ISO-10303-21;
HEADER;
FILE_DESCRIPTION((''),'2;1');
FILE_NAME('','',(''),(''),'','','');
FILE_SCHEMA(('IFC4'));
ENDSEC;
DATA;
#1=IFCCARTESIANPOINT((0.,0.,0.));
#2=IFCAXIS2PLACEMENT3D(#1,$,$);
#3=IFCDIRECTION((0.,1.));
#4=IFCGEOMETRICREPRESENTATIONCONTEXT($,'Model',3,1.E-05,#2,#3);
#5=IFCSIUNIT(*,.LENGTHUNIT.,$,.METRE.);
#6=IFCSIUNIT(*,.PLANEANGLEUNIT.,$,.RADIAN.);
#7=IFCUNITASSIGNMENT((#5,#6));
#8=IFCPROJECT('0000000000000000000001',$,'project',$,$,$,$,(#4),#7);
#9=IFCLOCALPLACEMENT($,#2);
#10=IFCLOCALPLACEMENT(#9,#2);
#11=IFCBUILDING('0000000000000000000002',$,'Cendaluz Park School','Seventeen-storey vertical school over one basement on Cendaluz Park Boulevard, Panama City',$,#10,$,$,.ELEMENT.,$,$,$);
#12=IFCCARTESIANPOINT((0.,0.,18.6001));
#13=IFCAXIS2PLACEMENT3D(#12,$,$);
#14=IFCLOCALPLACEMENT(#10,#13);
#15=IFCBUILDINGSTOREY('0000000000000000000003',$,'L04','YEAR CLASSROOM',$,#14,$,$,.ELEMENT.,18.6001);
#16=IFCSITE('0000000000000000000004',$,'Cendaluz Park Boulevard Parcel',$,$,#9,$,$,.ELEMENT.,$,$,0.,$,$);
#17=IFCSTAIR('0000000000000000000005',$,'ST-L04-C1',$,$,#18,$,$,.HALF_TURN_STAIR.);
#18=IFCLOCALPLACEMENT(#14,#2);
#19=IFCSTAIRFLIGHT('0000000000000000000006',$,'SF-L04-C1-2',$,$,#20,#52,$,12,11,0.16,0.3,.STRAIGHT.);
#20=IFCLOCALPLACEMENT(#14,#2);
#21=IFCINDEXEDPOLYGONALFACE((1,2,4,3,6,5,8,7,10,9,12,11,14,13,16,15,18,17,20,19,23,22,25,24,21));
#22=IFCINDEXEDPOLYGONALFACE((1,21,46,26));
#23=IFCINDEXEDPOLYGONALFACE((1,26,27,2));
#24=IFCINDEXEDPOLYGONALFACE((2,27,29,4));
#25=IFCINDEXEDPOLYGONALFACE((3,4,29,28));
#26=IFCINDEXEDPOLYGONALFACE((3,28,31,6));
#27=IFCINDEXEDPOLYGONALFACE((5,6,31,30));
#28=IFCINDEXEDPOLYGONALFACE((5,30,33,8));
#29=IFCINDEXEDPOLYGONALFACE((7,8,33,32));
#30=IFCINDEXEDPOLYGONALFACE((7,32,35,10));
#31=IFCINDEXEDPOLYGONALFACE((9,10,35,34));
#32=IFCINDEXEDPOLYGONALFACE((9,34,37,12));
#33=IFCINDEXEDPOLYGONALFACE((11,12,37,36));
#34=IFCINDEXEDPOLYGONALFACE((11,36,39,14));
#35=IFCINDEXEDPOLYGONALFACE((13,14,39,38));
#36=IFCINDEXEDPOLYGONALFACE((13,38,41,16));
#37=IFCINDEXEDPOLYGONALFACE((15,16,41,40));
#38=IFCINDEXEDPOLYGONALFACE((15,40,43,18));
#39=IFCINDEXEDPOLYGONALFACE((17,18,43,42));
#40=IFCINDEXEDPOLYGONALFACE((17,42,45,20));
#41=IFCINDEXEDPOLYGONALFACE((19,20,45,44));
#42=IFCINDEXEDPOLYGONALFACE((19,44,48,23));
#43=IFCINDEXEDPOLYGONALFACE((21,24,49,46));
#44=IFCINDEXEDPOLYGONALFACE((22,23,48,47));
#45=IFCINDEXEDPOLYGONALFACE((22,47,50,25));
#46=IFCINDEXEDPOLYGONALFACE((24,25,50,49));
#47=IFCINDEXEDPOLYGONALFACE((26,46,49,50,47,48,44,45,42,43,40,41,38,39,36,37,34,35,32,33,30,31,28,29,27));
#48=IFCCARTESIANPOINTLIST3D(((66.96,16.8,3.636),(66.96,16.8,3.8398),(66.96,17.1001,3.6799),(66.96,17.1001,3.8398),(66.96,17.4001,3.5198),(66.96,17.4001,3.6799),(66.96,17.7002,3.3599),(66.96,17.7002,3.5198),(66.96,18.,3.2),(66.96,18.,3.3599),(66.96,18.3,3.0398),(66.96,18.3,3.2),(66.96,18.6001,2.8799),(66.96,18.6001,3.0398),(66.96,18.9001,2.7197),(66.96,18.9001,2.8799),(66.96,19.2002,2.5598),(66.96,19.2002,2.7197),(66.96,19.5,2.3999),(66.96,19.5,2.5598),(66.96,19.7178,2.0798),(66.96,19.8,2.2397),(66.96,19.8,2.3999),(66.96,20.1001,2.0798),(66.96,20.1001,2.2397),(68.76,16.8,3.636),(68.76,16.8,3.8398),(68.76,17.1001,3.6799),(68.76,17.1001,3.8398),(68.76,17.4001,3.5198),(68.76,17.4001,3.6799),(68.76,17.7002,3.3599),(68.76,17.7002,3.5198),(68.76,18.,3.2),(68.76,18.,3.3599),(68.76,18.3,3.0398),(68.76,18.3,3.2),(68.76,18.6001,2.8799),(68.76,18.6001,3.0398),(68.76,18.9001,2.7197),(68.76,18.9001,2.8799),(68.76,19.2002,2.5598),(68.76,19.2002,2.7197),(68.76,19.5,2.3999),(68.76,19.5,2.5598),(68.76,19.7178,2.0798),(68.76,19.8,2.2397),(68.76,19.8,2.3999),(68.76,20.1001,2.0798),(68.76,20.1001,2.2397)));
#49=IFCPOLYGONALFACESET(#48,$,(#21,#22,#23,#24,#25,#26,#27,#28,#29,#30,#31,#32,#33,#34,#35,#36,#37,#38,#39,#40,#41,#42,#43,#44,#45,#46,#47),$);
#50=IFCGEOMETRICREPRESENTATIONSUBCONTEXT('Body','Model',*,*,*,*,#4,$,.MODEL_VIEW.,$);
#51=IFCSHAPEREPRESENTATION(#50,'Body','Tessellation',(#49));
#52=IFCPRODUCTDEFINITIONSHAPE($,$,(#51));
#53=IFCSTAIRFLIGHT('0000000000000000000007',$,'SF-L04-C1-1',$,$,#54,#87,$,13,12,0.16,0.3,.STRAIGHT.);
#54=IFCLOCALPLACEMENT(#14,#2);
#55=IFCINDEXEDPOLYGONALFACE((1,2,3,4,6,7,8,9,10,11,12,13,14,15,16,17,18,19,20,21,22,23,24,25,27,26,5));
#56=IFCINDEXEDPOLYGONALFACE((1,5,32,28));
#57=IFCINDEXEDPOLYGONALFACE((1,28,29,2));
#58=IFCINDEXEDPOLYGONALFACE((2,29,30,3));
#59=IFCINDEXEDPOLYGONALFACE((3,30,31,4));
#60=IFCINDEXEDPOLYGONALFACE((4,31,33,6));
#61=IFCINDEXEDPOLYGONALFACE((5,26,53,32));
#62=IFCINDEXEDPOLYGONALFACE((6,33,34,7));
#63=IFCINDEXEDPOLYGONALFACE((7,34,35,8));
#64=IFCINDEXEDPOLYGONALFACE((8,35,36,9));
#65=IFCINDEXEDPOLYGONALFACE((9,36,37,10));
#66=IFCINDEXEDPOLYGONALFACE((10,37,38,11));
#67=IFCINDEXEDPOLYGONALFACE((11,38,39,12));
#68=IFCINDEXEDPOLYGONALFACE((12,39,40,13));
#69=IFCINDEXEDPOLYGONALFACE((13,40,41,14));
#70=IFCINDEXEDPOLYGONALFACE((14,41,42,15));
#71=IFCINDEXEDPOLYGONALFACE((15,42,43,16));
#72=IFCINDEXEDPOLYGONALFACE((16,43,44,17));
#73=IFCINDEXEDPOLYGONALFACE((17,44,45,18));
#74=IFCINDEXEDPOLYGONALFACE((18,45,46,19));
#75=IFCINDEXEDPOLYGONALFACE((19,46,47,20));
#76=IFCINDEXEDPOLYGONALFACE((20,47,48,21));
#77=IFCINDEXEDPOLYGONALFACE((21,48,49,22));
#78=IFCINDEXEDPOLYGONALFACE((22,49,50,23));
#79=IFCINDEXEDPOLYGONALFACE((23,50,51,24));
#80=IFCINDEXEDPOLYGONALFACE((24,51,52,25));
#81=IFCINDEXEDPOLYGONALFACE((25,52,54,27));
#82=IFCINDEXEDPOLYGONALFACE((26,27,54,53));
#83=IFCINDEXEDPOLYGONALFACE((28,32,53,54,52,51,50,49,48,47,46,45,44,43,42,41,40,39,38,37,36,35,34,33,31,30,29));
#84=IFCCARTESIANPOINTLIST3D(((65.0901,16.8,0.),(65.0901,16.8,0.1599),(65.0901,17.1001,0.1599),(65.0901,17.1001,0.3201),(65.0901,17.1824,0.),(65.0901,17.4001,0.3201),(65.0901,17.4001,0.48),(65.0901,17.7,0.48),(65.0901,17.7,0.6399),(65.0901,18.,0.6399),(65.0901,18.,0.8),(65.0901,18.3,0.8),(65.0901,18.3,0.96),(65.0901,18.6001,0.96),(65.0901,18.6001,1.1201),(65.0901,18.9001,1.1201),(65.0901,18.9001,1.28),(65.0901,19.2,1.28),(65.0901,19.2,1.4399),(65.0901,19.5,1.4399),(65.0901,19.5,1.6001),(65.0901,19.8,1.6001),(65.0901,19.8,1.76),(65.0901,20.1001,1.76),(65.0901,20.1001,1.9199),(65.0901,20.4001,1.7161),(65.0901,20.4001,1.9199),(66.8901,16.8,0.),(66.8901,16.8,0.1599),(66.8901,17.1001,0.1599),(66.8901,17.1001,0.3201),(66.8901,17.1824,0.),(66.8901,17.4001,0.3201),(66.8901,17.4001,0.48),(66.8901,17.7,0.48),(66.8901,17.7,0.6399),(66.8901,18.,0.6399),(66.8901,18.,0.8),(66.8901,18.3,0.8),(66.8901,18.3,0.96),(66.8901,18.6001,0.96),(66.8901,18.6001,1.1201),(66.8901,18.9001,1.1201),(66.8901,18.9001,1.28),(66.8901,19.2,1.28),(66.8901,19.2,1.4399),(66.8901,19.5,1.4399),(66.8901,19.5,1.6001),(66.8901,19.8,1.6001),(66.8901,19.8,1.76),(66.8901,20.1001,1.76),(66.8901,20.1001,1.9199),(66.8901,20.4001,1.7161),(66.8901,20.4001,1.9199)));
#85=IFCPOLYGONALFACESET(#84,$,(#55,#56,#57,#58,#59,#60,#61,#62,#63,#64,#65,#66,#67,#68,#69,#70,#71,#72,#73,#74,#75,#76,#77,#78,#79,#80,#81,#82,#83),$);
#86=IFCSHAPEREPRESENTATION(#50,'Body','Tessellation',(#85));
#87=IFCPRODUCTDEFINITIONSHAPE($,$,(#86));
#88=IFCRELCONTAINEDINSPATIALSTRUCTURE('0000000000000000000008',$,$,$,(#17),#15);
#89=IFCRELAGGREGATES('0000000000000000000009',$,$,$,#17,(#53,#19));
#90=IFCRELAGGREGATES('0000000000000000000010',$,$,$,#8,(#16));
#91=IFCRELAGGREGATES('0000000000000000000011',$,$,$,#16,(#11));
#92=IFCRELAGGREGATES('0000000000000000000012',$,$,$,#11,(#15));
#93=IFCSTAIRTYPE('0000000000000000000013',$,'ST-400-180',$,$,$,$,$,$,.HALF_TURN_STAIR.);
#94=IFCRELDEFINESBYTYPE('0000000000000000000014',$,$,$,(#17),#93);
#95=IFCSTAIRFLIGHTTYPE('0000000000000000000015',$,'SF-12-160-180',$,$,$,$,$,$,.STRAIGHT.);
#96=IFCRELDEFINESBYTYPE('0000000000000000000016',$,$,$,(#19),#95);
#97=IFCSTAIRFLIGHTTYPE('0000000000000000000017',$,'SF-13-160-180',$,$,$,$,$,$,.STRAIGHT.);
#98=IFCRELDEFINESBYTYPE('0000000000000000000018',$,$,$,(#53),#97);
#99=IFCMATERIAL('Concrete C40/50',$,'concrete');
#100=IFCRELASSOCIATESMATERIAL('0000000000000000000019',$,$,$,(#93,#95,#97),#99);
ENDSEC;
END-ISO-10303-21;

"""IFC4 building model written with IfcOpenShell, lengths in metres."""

from ifc_helpers import new_model, si_unit, direction, frame, origin, place, context, subcontext, project, spatial, polyline, outline, extrude, material, type_object, element, aggregate, save


model = new_model("IFC4")

# Units and contexts
model_context = context("Model", 3, precision=1e-05, world=origin(), true_north=direction((0.0, 1.0)))
body_context = subcontext(model_context, "Body", "Model", "MODEL_VIEW")
ifc_project = project(units=[si_unit("LENGTHUNIT", "METRE"), si_unit("PLANEANGLEUNIT", "RADIAN")], contexts=[model_context])

# Site, building, storey
site_placement = place(None, origin())
site = spatial("IfcSite", under=ifc_project, at=site_placement, Name="Cendaluz Park Boulevard Parcel", CompositionType="ELEMENT", RefElevation=0.0)
building_placement = place(site_placement, origin())
building = spatial("IfcBuilding", under=site, at=building_placement, Name="Cendaluz Park School", Description="Seventeen-storey vertical school over one basement on Cendaluz Park Boulevard, Panama City", CompositionType="ELEMENT")
storey_placement = place(building_placement, frame((0.0, 0.0, 18.6001)))
storey = spatial("IfcBuildingStorey", under=building, at=storey_placement, Name="L04", Description="YEAR CLASSROOM", CompositionType="ELEMENT", Elevation=18.6001)

# Shared definitions
ifc_material_1 = material(Name="Concrete C40/50", Category="concrete")

# Stair, stair flights
stair_type = type_object("IfcStairType", Name="ST-400-180", PredefinedType="HALF_TURN_STAIR", material=ifc_material_1)
stair_placement = place(storey_placement, origin())
stair = element("IfcStair", 1, at=stair_placement, inside=storey, type_object=stair_type, Name="ST-L04-C1", PredefinedType="HALF_TURN_STAIR")
stair_flight_type_1 = type_object("IfcStairFlightType", Name="SF-12-160-180", PredefinedType="STRAIGHT", material=ifc_material_1)
stair_flight_1_placement = place(storey_placement, frame((67.8601, 20.1001, 2.0798), z_axis=(0.0, 0.0, 1.0), x_axis=(0.0, -1.0, 0.0)))
stair_flight_1 = element("IfcStairFlight", 2, at=stair_flight_1_placement, type_object=stair_flight_type_1, Name="SF-L04-C1-2", NumberOfRisers=12, NumberOfTreads=11, PredefinedType="STRAIGHT", RiserHeight=0.16, TreadLength=0.3, context=body_context, shape_type="SweptSolid", body=[
    extrude(outline(polyline([(0.0, 0.0), (0.0, 0.1599), (0.3, 0.1599), (0.3, 0.3201), (0.6001, 0.3201), (0.6001, 0.48), (0.8999, 0.48), (0.8999, 0.6399), (1.2, 0.6399), (1.2, 0.8), (1.5, 0.8), (1.5, 0.96), (1.8, 0.96), (1.8, 1.1201), (2.1001, 1.1201), (2.1001, 1.28), (2.3999, 1.28), (2.3999, 1.4399), (2.7, 1.4399), (2.7, 1.6001), (3.0, 1.6001), (3.0, 1.76), (3.3, 1.76), (3.3, 1.9199), (3.3, 1.5562), (0.3823, 0.0), (0.0, 0.0)])), frame((0.0, 0.8999, 0.0), z_axis=(0.0, -1.0, 0.0), x_axis=(1.0, 0.0, 0.0)), (0.0, 0.0, 1.0), 1.8),
])
stair_flight_type_2 = type_object("IfcStairFlightType", Name="SF-13-160-180", PredefinedType="STRAIGHT", material=ifc_material_1)
stair_flight_2_placement = place(storey_placement, frame((65.99, 16.8, 0.0), z_axis=(0.0, 0.0, 1.0), x_axis=(0.0, 1.0, 0.0)))
stair_flight_2 = element("IfcStairFlight", 3, at=stair_flight_2_placement, type_object=stair_flight_type_2, Name="SF-L04-C1-1", NumberOfRisers=13, NumberOfTreads=12, PredefinedType="STRAIGHT", RiserHeight=0.16, TreadLength=0.3, context=body_context, shape_type="SweptSolid", body=[
    extrude(outline(polyline([(0.0, 0.0), (0.0, 0.1599), (0.3, 0.1599), (0.3, 0.3201), (0.6001, 0.3201), (0.6001, 0.48), (0.8999, 0.48), (0.8999, 0.6399), (1.2, 0.6399), (1.2, 0.8), (1.5, 0.8), (1.5, 0.96), (1.8, 0.96), (1.8, 1.1201), (2.1001, 1.1201), (2.1001, 1.28), (2.3999, 1.28), (2.3999, 1.4399), (2.7, 1.4399), (2.7, 1.6001), (3.0, 1.6001), (3.0, 1.76), (3.3, 1.76), (3.3, 1.9199), (3.6001, 1.9199), (3.6001, 2.0801), (3.6001, 1.7161), (0.3823, 0.0), (0.0, 0.0)])), frame((0.0, 0.8999, 0.0), z_axis=(0.0, -1.0, 0.0), x_axis=(1.0, 0.0, 0.0)), (0.0, 0.0, 1.0), 1.8),
])
aggregate(stair, [stair_flight_2, stair_flight_1])

save(model, "model.ifc")
